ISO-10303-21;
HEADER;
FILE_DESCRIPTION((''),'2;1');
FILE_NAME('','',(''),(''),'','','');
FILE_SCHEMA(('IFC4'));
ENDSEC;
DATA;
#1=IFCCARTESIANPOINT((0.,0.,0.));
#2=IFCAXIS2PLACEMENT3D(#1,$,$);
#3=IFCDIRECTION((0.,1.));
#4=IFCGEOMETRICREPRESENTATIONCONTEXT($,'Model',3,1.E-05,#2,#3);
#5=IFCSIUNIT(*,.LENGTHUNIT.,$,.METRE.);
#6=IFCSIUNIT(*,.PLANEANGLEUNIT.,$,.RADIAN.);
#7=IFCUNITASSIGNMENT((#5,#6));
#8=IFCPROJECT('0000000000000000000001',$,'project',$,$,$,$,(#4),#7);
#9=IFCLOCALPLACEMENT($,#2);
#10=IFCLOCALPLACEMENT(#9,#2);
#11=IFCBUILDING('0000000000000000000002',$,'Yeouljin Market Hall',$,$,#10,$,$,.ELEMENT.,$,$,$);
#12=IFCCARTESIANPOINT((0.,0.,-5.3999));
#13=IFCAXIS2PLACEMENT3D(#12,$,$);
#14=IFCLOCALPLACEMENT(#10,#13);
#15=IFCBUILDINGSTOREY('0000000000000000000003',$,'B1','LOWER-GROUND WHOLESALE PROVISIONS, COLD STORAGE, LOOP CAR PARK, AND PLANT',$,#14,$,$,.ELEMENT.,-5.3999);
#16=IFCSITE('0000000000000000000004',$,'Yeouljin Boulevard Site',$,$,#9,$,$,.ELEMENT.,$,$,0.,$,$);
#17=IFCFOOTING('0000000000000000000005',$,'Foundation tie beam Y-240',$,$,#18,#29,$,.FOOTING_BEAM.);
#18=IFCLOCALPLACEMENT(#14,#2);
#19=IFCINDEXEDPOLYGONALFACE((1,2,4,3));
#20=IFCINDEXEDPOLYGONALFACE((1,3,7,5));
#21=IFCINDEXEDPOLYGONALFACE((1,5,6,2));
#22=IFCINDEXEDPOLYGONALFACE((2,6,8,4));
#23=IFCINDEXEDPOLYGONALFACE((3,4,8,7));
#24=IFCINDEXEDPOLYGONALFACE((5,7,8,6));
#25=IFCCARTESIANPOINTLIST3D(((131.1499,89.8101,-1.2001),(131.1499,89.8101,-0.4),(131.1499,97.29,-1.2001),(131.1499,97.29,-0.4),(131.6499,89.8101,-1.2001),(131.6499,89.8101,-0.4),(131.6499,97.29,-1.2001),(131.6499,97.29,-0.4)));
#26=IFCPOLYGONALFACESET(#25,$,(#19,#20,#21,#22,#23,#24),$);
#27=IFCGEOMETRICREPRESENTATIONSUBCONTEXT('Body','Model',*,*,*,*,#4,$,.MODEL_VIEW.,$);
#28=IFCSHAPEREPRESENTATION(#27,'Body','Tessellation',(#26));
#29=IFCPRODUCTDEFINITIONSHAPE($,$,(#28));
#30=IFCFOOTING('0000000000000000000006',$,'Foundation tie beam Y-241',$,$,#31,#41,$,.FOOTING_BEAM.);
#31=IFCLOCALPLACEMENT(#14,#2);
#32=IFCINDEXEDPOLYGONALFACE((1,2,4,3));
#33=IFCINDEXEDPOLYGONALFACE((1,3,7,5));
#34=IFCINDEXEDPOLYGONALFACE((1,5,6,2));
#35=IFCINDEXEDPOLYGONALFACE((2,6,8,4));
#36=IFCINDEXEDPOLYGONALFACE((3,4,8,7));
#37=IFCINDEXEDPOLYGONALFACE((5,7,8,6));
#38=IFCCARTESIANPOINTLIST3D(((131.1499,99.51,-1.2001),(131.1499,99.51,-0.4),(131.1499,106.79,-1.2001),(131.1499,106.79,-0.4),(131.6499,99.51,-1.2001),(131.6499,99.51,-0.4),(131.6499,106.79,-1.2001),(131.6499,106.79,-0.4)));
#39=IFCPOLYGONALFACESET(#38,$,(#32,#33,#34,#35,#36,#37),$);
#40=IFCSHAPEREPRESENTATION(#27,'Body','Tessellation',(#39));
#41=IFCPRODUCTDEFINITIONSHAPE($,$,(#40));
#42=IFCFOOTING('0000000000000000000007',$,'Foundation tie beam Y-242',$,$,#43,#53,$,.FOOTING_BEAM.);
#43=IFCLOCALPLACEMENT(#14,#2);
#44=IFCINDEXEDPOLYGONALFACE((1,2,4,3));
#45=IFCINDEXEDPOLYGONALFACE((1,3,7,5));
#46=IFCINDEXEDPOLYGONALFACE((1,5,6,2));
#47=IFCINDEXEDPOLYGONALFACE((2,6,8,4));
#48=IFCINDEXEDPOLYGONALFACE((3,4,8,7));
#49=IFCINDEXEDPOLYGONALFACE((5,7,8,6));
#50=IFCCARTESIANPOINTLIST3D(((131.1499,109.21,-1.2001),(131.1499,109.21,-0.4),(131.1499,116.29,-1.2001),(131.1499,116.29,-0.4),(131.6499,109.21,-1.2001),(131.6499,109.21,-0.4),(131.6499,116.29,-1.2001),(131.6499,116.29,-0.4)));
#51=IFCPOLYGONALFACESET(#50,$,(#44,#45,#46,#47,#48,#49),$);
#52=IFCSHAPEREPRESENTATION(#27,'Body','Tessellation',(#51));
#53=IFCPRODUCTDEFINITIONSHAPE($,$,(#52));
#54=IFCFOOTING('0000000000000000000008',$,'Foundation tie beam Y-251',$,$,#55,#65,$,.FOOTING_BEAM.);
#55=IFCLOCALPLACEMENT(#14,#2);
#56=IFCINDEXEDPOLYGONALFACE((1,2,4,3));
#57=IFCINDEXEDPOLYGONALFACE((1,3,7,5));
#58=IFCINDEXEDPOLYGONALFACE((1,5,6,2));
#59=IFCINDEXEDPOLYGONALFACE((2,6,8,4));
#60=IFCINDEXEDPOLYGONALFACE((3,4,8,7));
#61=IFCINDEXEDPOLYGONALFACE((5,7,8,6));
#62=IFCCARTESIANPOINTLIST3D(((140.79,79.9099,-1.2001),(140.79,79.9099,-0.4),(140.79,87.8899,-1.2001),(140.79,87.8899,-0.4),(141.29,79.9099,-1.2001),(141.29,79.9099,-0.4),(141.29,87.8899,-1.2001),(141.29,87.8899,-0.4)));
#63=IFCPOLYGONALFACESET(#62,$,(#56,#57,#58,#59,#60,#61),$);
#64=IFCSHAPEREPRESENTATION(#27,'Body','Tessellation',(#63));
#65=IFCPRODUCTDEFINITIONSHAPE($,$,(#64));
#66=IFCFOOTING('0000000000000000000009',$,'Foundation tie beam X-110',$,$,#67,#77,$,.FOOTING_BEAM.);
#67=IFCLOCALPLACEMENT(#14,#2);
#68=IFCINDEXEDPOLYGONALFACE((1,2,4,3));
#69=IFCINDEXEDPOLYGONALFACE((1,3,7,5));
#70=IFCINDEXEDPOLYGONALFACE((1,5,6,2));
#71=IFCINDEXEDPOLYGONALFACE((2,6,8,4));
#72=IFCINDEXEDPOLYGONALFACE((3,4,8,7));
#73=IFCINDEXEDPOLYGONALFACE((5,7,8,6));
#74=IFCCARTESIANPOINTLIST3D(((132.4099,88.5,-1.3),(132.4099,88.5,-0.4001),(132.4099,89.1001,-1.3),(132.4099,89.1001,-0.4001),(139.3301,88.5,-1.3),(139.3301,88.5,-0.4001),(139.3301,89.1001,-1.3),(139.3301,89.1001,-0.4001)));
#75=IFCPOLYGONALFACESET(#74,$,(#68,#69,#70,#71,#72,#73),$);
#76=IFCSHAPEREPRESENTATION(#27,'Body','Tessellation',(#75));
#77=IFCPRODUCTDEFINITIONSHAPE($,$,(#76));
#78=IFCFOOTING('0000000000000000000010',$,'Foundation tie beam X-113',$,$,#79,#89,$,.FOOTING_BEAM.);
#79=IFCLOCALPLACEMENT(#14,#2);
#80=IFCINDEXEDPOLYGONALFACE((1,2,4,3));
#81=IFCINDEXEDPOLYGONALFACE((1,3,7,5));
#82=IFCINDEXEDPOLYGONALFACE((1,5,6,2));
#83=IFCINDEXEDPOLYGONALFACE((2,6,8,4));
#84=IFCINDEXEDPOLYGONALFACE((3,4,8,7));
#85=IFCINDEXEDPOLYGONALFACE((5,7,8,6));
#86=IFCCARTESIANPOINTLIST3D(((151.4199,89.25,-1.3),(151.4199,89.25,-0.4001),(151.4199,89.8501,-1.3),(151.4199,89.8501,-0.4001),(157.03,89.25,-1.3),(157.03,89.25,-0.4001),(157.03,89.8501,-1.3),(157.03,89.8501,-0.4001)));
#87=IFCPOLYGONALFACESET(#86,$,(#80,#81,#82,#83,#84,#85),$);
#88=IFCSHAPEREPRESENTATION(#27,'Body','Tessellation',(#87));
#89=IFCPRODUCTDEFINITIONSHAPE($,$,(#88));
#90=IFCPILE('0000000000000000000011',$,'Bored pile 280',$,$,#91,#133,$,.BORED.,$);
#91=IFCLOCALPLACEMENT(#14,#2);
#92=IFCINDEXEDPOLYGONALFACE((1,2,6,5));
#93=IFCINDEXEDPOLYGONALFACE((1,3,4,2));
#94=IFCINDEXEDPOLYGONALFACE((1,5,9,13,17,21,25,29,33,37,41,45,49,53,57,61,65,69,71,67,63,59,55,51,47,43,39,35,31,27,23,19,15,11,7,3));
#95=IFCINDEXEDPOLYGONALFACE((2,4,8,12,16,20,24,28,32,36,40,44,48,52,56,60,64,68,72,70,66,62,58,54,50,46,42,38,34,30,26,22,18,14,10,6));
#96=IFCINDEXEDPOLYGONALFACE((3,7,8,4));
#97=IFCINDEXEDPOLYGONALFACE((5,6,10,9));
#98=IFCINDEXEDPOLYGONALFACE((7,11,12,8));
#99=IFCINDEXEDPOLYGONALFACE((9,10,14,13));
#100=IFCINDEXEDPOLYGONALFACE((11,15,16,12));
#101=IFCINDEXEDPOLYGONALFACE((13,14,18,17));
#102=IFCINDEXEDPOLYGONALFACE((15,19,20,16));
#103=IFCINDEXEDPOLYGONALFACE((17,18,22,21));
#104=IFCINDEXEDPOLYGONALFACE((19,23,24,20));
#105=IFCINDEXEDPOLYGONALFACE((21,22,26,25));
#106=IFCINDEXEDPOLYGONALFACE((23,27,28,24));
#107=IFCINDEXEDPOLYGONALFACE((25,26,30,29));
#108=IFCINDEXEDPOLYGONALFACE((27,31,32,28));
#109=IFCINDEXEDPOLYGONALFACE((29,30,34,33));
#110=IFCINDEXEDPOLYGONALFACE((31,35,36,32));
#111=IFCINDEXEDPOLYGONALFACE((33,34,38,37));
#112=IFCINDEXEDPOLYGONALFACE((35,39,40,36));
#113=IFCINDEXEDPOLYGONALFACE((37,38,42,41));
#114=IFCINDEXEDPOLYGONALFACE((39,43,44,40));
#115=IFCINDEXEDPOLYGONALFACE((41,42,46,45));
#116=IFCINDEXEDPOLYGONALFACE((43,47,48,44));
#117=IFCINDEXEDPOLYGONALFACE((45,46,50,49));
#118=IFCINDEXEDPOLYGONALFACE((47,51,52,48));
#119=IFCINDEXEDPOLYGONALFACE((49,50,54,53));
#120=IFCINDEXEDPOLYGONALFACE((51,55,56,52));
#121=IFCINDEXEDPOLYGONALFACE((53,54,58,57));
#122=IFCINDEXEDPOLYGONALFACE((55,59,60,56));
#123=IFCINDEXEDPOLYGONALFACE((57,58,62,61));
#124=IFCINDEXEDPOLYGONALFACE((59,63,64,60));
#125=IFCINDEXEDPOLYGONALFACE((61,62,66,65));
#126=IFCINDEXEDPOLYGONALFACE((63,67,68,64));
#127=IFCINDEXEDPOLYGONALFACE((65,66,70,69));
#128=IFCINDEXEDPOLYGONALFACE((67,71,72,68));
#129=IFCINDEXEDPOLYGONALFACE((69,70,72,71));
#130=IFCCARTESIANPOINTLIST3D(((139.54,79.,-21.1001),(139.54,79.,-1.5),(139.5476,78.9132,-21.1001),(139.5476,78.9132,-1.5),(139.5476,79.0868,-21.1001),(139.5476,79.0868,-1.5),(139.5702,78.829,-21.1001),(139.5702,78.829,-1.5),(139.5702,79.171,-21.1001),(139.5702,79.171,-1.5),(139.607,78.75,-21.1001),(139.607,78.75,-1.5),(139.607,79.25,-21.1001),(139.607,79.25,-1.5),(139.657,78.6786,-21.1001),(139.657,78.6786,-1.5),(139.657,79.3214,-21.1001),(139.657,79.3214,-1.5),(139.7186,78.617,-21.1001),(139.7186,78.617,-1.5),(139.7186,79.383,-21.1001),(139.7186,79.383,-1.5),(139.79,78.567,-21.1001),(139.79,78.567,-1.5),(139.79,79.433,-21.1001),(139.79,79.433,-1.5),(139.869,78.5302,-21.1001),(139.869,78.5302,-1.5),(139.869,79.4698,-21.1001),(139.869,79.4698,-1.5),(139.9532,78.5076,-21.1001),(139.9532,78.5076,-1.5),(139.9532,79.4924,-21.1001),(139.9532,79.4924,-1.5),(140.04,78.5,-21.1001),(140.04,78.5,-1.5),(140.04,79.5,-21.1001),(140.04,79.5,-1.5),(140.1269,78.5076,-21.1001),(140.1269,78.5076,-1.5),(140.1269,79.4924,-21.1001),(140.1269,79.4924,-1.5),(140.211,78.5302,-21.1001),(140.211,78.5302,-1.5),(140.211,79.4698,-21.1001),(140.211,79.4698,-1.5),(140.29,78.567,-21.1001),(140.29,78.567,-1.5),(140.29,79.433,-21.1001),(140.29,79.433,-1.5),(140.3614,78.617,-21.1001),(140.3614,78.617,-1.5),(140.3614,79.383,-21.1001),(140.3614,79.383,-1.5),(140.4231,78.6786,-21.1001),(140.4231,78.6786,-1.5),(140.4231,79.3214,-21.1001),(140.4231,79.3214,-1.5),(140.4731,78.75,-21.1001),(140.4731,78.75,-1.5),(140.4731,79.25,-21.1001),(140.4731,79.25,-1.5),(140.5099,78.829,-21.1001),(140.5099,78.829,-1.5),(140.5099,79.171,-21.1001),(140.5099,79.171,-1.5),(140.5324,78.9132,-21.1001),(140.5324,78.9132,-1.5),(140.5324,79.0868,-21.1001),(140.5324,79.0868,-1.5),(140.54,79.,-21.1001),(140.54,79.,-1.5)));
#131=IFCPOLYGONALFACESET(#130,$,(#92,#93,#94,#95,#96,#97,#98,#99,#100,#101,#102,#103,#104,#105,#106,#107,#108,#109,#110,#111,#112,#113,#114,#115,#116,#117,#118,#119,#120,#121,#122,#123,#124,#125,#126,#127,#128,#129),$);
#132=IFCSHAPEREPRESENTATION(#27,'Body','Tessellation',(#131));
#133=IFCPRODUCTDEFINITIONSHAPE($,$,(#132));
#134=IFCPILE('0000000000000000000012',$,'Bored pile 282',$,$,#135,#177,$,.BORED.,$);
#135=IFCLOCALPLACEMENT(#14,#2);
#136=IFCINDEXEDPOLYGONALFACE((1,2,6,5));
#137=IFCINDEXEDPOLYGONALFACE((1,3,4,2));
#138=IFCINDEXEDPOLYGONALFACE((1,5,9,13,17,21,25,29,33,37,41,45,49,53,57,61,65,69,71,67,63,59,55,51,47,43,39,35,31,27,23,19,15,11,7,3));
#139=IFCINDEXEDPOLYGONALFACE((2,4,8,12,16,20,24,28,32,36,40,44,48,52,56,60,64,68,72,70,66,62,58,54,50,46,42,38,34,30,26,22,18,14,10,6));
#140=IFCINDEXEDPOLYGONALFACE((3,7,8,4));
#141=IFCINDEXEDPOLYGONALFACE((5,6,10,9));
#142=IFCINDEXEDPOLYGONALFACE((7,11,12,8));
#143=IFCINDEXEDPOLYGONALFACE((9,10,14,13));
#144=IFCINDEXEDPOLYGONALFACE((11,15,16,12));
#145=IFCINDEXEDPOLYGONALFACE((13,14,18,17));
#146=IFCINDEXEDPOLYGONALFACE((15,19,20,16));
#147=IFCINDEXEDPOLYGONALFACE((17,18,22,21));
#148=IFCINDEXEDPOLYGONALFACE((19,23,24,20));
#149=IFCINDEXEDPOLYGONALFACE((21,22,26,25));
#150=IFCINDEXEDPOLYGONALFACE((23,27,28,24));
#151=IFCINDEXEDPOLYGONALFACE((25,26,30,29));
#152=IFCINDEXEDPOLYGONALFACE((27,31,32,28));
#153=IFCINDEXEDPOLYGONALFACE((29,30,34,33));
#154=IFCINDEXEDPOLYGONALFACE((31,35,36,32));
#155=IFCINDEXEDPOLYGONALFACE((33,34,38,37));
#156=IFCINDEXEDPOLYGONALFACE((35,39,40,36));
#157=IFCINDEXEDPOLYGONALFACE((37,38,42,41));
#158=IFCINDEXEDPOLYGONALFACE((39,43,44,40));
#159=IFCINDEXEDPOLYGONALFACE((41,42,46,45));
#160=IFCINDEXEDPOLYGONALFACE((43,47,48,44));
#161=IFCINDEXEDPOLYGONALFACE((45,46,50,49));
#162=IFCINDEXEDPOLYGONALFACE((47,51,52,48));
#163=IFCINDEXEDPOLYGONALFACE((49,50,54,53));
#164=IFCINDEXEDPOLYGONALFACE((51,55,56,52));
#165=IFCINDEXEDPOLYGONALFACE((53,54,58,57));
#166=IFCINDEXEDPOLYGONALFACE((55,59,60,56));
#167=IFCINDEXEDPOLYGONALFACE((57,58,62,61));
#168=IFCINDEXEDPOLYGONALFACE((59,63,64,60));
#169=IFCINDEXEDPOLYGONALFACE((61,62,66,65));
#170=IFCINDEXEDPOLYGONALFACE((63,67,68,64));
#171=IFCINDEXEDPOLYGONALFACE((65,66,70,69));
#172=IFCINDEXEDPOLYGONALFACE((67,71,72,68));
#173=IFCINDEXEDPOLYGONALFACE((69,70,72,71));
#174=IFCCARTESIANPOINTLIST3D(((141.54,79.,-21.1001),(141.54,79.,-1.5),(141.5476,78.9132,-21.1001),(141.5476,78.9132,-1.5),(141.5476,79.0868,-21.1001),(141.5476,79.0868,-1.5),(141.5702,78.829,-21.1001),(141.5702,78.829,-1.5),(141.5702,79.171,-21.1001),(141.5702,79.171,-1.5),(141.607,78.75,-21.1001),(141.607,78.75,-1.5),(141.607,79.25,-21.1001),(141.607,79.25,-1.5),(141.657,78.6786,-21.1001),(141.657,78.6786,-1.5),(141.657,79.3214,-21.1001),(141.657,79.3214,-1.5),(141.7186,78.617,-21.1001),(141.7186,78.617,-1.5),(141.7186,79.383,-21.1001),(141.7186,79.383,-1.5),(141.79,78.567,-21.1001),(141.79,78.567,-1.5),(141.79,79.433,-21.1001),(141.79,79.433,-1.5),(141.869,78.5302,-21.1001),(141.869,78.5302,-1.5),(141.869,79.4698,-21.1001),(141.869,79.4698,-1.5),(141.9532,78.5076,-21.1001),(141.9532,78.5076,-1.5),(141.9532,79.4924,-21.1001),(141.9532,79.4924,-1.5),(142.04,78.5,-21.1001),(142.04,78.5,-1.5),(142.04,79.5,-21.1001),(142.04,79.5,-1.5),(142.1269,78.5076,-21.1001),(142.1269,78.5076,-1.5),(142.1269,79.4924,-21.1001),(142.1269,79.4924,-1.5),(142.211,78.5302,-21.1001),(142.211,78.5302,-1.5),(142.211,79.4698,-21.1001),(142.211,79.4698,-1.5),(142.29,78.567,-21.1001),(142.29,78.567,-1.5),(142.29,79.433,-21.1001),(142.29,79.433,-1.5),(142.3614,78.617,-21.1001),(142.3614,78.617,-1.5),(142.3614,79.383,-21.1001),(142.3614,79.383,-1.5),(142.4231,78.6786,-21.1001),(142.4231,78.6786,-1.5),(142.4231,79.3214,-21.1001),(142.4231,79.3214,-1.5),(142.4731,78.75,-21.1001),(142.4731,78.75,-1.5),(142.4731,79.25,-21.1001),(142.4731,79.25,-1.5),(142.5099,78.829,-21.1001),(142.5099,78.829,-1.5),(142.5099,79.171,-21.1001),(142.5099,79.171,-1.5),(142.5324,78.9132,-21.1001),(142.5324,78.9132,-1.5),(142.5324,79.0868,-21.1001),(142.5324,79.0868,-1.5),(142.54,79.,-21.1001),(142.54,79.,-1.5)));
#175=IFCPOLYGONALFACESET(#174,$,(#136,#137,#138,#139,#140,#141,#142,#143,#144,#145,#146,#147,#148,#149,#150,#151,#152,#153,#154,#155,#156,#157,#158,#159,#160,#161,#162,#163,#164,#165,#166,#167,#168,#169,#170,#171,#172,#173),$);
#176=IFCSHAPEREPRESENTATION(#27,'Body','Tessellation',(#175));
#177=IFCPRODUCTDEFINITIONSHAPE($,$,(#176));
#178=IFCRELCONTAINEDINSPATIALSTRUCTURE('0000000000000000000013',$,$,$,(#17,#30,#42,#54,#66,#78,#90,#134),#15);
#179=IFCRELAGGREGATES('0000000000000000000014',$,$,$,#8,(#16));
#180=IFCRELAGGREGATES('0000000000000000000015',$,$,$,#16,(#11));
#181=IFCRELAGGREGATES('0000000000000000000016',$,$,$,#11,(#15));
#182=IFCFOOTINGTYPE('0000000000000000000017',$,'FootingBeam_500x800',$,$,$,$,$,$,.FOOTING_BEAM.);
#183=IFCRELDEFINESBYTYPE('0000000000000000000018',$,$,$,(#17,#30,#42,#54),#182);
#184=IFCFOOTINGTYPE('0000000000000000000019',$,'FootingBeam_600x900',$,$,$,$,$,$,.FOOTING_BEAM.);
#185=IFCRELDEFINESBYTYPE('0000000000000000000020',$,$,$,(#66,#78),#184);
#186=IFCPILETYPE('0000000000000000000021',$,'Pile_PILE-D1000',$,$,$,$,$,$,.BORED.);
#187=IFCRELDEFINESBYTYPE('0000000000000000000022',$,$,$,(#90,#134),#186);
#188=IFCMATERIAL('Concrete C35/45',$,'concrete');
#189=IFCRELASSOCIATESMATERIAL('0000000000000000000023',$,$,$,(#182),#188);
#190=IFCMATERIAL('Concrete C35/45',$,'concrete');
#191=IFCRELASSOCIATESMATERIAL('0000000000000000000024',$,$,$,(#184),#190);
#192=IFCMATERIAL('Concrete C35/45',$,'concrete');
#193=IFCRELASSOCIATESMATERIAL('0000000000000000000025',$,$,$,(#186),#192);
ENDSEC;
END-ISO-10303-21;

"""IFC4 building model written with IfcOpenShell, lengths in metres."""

from ifc_helpers import new_model, si_unit, direction, frame, origin, origin_2d, place, context, subcontext, project, spatial, rectangle, circle, extrude, material, material_profile, profile_set, type_object, element, save


model = new_model("IFC4")

# Units and contexts
model_context = context("Model", 3, precision=1e-05, world=origin(), true_north=direction((0.0, 1.0)))
body_context = subcontext(model_context, "Body", "Model", "MODEL_VIEW")
ifc_project = project(units=[si_unit("LENGTHUNIT", "METRE"), si_unit("PLANEANGLEUNIT", "RADIAN")], contexts=[model_context])

# Site, building, storey
site_placement = place(None, origin())
site = spatial("IfcSite", under=ifc_project, at=site_placement, Name="Yeouljin Boulevard Site", CompositionType="ELEMENT", RefElevation=0.0)
building_placement = place(site_placement, origin())
building = spatial("IfcBuilding", under=site, at=building_placement, Name="Yeouljin Market Hall", CompositionType="ELEMENT")
storey_placement = place(building_placement, frame((0.0, 0.0, -5.3999)))
storey = spatial("IfcBuildingStorey", under=building, at=storey_placement, Name="B1", Description="LOWER-GROUND WHOLESALE PROVISIONS, COLD STORAGE, LOOP CAR PARK, AND PLANT", CompositionType="ELEMENT", Elevation=-5.3999)

# Footings
ifc_material_1 = material(Name="Concrete C35/45", Category="concrete")
ifc_material_profile_1 = material_profile(ifc_material_1, rectangle(XDim=0.5, YDim=0.8, at=origin_2d()), Name="RC-500x800")
ifc_profile_set_1 = profile_set([ifc_material_profile_1], Name="Concrete C35/45")
footing_type_1 = type_object("IfcFootingType", Name="FootingBeam_500x800", PredefinedType="FOOTING_BEAM", material=ifc_profile_set_1)
footing_1_placement = place(storey_placement, frame((131.3999, 89.8101, -0.8), z_axis=(0.0, 1.0, 0.0), x_axis=(-1.0, 0.0, 0.0)))
element("IfcFooting", 1, at=footing_1_placement, inside=storey, type_object=footing_type_1, Name="Foundation tie beam Y-240", PredefinedType="FOOTING_BEAM", context=body_context, shape_type="SweptSolid", body=[
    extrude(rectangle(XDim=0.5, YDim=0.8, at=origin_2d()), origin(), (0.0, 0.0, 1.0), 7.48),
])
footing_2_placement = place(storey_placement, frame((131.3999, 99.51, -0.8), z_axis=(0.0, 1.0, 0.0), x_axis=(-1.0, 0.0, 0.0)))
element("IfcFooting", 2, at=footing_2_placement, inside=storey, type_object=footing_type_1, Name="Foundation tie beam Y-241", PredefinedType="FOOTING_BEAM", context=body_context, shape_type="SweptSolid", body=[
    extrude(rectangle(XDim=0.5, YDim=0.8, at=origin_2d()), origin(), (0.0, 0.0, 1.0), 7.28),
])
footing_3_placement = place(storey_placement, frame((131.3999, 109.21, -0.8), z_axis=(0.0, 1.0, 0.0), x_axis=(-1.0, 0.0, 0.0)))
element("IfcFooting", 3, at=footing_3_placement, inside=storey, type_object=footing_type_1, Name="Foundation tie beam Y-242", PredefinedType="FOOTING_BEAM", context=body_context, shape_type="SweptSolid", body=[
    extrude(rectangle(XDim=0.5, YDim=0.8, at=origin_2d()), origin(), (0.0, 0.0, 1.0), 7.0801),
])
footing_4_placement = place(storey_placement, frame((141.04, 79.9099, -0.8), z_axis=(0.0, 1.0, 0.0), x_axis=(-1.0, 0.0, 0.0)))
element("IfcFooting", 4, at=footing_4_placement, inside=storey, type_object=footing_type_1, Name="Foundation tie beam Y-251", PredefinedType="FOOTING_BEAM", context=body_context, shape_type="SweptSolid", body=[
    extrude(rectangle(XDim=0.5, YDim=0.8, at=origin_2d()), origin(), (0.0, 0.0, 1.0), 7.98),
])
ifc_material_2 = material(Name="Concrete C35/45", Category="concrete")
ifc_material_profile_2 = material_profile(ifc_material_2, rectangle(XDim=0.6001, YDim=0.8999, at=origin_2d()), Name="RC-600x900")
ifc_profile_set_2 = profile_set([ifc_material_profile_2], Name="Concrete C35/45")
footing_type_2 = type_object("IfcFootingType", Name="FootingBeam_600x900", PredefinedType="FOOTING_BEAM", material=ifc_profile_set_2)
footing_5_placement = place(storey_placement, frame((132.4099, 88.8, -0.8501), z_axis=(1.0, 0.0, 0.0), x_axis=(0.0, 1.0, 0.0)))
element("IfcFooting", 5, at=footing_5_placement, inside=storey, type_object=footing_type_2, Name="Foundation tie beam X-110", PredefinedType="FOOTING_BEAM", context=body_context, shape_type="SweptSolid", body=[
    extrude(rectangle(XDim=0.6001, YDim=0.8999, at=origin_2d()), origin(), (0.0, 0.0, 1.0), 6.9202),
])
footing_6_placement = place(storey_placement, frame((151.4199, 89.55, -0.8501), z_axis=(1.0, 0.0, 0.0), x_axis=(0.0, 1.0, 0.0)))
element("IfcFooting", 6, at=footing_6_placement, inside=storey, type_object=footing_type_2, Name="Foundation tie beam X-113", PredefinedType="FOOTING_BEAM", context=body_context, shape_type="SweptSolid", body=[
    extrude(rectangle(XDim=0.6001, YDim=0.8999, at=origin_2d()), origin(), (0.0, 0.0, 1.0), 5.6101),
])

# Piles
ifc_material_3 = material(Name="Concrete C35/45", Category="concrete")
ifc_material_profile_3 = material_profile(ifc_material_3, circle(Radius=0.5, at=origin_2d()), Name="PILE-D1000")
ifc_profile_set_3 = profile_set([ifc_material_profile_3], Name="Concrete C35/45")
pile_type_1 = type_object("IfcPileType", Name="Pile_PILE-D1000", PredefinedType="BORED", material=ifc_profile_set_3)
for number, where, z_axis, x_axis, name in (
    (7, (140.04, 79.0, -1.5), (0.0, 0.0, -1.0), (1.0, 0.0, 0.0), "Bored pile 280"),
    (8, (142.04, 79.0, -1.5), (0.0, 0.0, -1.0), (1.0, 0.0, 0.0), "Bored pile 282"),
):
    element("IfcPile", number, at=place(storey_placement, frame(where, z_axis=z_axis, x_axis=x_axis)), inside=storey, type_object=pile_type_1, Name=name, PredefinedType="BORED", context=body_context, shape_type="SweptSolid", body=[
        extrude(circle(Radius=0.5, at=origin_2d()), origin(), (0.0, 0.0, 1.0), 19.6001),
    ])

save(model, "model.ifc")
